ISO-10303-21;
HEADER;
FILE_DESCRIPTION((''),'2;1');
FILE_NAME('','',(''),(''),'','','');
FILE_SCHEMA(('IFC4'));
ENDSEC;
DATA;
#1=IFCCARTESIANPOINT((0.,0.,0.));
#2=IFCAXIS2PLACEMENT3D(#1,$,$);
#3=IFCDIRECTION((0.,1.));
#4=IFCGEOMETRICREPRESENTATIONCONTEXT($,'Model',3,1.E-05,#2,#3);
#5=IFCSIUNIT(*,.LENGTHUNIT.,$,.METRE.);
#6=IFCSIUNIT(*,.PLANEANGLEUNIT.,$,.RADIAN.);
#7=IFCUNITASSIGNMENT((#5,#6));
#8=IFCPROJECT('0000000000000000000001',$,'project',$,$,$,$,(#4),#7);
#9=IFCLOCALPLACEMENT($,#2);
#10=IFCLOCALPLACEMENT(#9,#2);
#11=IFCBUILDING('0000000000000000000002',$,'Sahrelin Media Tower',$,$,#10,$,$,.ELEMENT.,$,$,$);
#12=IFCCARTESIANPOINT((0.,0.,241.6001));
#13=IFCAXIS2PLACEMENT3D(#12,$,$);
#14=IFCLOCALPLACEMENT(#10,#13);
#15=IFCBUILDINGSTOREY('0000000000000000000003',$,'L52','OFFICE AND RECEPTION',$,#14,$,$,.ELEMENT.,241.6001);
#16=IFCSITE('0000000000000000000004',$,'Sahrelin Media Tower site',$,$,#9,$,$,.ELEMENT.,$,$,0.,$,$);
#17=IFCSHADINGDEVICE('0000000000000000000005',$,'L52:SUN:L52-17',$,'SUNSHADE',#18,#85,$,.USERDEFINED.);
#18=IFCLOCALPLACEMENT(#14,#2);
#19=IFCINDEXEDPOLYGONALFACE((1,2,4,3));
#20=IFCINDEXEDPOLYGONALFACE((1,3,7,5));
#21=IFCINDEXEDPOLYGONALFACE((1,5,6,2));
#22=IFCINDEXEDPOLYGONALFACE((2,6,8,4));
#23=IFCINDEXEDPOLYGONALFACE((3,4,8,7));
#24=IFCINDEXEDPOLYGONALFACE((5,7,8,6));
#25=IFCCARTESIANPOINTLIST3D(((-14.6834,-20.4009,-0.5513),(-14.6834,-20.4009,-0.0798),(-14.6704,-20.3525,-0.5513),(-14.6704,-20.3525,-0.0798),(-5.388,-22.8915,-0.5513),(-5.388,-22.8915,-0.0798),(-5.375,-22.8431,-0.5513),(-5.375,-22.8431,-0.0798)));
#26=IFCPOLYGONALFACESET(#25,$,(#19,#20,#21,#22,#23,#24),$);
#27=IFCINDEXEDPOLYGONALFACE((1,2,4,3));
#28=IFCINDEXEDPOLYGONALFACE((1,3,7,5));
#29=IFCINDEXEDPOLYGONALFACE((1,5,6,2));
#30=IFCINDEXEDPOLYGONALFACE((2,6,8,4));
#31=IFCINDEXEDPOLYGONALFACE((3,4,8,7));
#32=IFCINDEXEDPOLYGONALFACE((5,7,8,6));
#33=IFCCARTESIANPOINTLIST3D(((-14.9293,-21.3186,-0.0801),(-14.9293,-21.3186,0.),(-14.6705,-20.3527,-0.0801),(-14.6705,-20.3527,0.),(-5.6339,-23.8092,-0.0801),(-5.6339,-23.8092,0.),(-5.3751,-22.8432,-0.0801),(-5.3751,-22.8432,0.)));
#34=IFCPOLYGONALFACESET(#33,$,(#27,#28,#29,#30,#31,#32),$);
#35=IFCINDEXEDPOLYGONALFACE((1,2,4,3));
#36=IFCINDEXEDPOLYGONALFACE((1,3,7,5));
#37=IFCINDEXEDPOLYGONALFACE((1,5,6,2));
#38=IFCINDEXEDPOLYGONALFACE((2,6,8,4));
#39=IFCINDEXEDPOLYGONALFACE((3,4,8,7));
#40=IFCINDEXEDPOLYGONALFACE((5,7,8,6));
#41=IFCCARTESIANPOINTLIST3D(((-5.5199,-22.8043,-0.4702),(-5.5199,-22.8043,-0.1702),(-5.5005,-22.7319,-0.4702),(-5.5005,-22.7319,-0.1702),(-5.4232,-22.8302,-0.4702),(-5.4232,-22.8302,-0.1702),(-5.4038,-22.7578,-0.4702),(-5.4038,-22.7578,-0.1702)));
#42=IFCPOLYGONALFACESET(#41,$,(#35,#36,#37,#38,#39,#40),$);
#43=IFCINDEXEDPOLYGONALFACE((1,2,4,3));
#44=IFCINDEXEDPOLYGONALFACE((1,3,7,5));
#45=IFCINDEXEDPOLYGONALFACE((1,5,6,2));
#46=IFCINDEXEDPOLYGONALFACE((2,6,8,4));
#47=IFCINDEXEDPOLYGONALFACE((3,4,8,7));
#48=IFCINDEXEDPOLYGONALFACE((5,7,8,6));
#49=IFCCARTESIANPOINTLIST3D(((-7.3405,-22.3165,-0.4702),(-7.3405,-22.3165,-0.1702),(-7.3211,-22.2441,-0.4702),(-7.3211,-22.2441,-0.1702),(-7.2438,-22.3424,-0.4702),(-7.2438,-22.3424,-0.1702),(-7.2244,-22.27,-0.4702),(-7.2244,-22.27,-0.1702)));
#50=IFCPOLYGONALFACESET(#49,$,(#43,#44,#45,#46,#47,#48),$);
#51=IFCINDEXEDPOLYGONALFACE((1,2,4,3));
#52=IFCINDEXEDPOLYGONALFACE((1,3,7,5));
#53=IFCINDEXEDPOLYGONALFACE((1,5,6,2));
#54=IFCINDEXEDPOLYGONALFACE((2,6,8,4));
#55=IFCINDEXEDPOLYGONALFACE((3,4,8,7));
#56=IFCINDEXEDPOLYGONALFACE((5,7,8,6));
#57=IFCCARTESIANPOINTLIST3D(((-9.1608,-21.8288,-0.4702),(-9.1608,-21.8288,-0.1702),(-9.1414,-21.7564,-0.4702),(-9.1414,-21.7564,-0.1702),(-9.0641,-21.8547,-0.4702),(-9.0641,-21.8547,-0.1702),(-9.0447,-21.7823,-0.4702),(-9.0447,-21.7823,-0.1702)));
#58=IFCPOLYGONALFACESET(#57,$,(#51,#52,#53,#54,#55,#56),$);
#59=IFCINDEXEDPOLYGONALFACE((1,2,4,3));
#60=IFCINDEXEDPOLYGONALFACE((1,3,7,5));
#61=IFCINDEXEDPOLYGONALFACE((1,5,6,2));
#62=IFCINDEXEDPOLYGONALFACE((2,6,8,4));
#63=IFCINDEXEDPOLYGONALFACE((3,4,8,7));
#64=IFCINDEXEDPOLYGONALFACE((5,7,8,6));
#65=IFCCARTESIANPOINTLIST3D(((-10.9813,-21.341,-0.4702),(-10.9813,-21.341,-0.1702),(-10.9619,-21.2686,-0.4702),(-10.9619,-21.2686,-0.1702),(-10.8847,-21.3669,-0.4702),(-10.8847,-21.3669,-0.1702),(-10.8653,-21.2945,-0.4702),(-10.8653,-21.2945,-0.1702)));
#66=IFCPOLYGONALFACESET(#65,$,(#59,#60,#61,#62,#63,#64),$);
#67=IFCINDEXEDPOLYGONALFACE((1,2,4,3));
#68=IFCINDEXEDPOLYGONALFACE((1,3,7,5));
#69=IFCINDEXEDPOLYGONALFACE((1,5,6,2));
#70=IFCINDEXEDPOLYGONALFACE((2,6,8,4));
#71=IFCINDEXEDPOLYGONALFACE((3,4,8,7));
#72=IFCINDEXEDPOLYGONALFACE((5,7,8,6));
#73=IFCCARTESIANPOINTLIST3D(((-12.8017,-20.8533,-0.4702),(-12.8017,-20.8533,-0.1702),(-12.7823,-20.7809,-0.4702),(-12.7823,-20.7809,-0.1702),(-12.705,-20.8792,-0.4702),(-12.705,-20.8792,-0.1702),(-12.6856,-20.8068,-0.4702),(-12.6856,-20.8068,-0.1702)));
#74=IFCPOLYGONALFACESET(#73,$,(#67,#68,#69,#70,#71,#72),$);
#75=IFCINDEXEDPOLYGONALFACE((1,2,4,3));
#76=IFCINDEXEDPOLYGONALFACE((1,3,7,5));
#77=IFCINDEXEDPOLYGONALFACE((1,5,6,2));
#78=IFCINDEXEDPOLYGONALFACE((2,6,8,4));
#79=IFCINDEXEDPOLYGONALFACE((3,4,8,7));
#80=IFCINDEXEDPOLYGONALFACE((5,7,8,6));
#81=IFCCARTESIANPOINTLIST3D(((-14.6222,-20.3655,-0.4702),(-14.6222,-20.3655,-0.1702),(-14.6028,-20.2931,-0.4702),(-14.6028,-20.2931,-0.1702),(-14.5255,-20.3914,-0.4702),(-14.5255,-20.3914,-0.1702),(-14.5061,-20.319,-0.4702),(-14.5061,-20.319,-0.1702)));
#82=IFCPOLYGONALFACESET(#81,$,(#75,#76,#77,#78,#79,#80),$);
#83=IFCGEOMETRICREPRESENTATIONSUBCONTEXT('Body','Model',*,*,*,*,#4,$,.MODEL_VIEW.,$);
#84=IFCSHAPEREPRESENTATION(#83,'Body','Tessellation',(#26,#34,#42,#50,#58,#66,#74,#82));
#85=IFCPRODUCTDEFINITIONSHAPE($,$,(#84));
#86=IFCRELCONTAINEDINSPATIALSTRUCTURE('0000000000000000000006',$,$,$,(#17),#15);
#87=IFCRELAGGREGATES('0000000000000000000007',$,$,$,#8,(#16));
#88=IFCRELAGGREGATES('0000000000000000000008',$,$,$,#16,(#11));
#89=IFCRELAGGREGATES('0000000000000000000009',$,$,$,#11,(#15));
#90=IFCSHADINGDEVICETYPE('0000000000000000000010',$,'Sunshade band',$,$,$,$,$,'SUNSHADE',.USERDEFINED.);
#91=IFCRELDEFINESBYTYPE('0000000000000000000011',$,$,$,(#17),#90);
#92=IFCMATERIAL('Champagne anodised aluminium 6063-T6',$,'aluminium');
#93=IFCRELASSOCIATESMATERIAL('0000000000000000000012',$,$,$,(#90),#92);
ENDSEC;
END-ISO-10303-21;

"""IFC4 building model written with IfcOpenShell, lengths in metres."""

from ifc_helpers import new_model, si_unit, direction, frame, origin, origin_2d, place, context, subcontext, project, spatial, rectangle, extrude, material, type_object, element, save


model = new_model("IFC4")

# Units and contexts
model_context = context("Model", 3, precision=1e-05, world=origin(), true_north=direction((0.0, 1.0)))
body_context = subcontext(model_context, "Body", "Model", "MODEL_VIEW")
ifc_project = project(units=[si_unit("LENGTHUNIT", "METRE"), si_unit("PLANEANGLEUNIT", "RADIAN")], contexts=[model_context])

# Site, building, storey
site_placement = place(None, origin())
site = spatial("IfcSite", under=ifc_project, at=site_placement, Name="Sahrelin Media Tower site", CompositionType="ELEMENT", RefElevation=0.0)
building_placement = place(site_placement, origin())
building = spatial("IfcBuilding", under=site, at=building_placement, Name="Sahrelin Media Tower", CompositionType="ELEMENT")
storey_placement = place(building_placement, frame((0.0, 0.0, 241.6001)))
storey = spatial("IfcBuildingStorey", under=building, at=storey_placement, Name="L52", Description="OFFICE AND RECEPTION", CompositionType="ELEMENT", Elevation=241.6001)

# Shared definitions
ifc_material_1 = material(Name="Champagne anodised aluminium 6063-T6", Category="aluminium")

# Shading device
placement = place(storey_placement, frame((-10.0176, -21.5786, 0.0), z_axis=(0.0, 0.0, 1.0), x_axis=(-0.965929, 0.258808, 0.0)))
shading_device_type_1 = type_object("IfcShadingDeviceType", Name="Sunshade band", ElementType="SUNSHADE", PredefinedType="USERDEFINED", material=ifc_material_1)
element("IfcShadingDevice", 1, at=placement, inside=storey, type_object=shading_device_type_1, Name="L52:SUN:L52-17", ObjectType="SUNSHADE", PredefinedType="USERDEFINED", context=body_context, shape_type="SweptSolid", body=[
    extrude(rectangle(XDim=9.6233, YDim=0.05, at=origin_2d()), frame((0.0, 0.0449, -0.5513)), (0.0, 0.0, 1.0), 0.4714),
    extrude(rectangle(XDim=9.6233, YDim=1.0, at=origin_2d()), frame((0.0, 0.52, -0.0801)), (0.0, 0.0, 1.0), 0.0801),
    extrude(rectangle(XDim=0.1001, YDim=0.075, at=origin_2d()), frame((-4.7117, -0.0176, -0.4702)), (0.0, 0.0, 1.0), 0.3),
    extrude(rectangle(XDim=0.1001, YDim=0.075, at=origin_2d()), frame((-2.8269, -0.0176, -0.4702)), (0.0, 0.0, 1.0), 0.3),
    extrude(rectangle(XDim=0.1001, YDim=0.075, at=origin_2d()), frame((-0.9424, -0.0176, -0.4702)), (0.0, 0.0, 1.0), 0.3),
    extrude(rectangle(XDim=0.1001, YDim=0.075, at=origin_2d()), frame((0.9424, -0.0176, -0.4702)), (0.0, 0.0, 1.0), 0.3),
    extrude(rectangle(XDim=0.1001, YDim=0.075, at=origin_2d()), frame((2.8269, -0.0176, -0.4702)), (0.0, 0.0, 1.0), 0.3),
    extrude(rectangle(XDim=0.1001, YDim=0.075, at=origin_2d()), frame((4.7117, -0.0176, -0.4702)), (0.0, 0.0, 1.0), 0.3),
])

save(model, "model.ifc")
